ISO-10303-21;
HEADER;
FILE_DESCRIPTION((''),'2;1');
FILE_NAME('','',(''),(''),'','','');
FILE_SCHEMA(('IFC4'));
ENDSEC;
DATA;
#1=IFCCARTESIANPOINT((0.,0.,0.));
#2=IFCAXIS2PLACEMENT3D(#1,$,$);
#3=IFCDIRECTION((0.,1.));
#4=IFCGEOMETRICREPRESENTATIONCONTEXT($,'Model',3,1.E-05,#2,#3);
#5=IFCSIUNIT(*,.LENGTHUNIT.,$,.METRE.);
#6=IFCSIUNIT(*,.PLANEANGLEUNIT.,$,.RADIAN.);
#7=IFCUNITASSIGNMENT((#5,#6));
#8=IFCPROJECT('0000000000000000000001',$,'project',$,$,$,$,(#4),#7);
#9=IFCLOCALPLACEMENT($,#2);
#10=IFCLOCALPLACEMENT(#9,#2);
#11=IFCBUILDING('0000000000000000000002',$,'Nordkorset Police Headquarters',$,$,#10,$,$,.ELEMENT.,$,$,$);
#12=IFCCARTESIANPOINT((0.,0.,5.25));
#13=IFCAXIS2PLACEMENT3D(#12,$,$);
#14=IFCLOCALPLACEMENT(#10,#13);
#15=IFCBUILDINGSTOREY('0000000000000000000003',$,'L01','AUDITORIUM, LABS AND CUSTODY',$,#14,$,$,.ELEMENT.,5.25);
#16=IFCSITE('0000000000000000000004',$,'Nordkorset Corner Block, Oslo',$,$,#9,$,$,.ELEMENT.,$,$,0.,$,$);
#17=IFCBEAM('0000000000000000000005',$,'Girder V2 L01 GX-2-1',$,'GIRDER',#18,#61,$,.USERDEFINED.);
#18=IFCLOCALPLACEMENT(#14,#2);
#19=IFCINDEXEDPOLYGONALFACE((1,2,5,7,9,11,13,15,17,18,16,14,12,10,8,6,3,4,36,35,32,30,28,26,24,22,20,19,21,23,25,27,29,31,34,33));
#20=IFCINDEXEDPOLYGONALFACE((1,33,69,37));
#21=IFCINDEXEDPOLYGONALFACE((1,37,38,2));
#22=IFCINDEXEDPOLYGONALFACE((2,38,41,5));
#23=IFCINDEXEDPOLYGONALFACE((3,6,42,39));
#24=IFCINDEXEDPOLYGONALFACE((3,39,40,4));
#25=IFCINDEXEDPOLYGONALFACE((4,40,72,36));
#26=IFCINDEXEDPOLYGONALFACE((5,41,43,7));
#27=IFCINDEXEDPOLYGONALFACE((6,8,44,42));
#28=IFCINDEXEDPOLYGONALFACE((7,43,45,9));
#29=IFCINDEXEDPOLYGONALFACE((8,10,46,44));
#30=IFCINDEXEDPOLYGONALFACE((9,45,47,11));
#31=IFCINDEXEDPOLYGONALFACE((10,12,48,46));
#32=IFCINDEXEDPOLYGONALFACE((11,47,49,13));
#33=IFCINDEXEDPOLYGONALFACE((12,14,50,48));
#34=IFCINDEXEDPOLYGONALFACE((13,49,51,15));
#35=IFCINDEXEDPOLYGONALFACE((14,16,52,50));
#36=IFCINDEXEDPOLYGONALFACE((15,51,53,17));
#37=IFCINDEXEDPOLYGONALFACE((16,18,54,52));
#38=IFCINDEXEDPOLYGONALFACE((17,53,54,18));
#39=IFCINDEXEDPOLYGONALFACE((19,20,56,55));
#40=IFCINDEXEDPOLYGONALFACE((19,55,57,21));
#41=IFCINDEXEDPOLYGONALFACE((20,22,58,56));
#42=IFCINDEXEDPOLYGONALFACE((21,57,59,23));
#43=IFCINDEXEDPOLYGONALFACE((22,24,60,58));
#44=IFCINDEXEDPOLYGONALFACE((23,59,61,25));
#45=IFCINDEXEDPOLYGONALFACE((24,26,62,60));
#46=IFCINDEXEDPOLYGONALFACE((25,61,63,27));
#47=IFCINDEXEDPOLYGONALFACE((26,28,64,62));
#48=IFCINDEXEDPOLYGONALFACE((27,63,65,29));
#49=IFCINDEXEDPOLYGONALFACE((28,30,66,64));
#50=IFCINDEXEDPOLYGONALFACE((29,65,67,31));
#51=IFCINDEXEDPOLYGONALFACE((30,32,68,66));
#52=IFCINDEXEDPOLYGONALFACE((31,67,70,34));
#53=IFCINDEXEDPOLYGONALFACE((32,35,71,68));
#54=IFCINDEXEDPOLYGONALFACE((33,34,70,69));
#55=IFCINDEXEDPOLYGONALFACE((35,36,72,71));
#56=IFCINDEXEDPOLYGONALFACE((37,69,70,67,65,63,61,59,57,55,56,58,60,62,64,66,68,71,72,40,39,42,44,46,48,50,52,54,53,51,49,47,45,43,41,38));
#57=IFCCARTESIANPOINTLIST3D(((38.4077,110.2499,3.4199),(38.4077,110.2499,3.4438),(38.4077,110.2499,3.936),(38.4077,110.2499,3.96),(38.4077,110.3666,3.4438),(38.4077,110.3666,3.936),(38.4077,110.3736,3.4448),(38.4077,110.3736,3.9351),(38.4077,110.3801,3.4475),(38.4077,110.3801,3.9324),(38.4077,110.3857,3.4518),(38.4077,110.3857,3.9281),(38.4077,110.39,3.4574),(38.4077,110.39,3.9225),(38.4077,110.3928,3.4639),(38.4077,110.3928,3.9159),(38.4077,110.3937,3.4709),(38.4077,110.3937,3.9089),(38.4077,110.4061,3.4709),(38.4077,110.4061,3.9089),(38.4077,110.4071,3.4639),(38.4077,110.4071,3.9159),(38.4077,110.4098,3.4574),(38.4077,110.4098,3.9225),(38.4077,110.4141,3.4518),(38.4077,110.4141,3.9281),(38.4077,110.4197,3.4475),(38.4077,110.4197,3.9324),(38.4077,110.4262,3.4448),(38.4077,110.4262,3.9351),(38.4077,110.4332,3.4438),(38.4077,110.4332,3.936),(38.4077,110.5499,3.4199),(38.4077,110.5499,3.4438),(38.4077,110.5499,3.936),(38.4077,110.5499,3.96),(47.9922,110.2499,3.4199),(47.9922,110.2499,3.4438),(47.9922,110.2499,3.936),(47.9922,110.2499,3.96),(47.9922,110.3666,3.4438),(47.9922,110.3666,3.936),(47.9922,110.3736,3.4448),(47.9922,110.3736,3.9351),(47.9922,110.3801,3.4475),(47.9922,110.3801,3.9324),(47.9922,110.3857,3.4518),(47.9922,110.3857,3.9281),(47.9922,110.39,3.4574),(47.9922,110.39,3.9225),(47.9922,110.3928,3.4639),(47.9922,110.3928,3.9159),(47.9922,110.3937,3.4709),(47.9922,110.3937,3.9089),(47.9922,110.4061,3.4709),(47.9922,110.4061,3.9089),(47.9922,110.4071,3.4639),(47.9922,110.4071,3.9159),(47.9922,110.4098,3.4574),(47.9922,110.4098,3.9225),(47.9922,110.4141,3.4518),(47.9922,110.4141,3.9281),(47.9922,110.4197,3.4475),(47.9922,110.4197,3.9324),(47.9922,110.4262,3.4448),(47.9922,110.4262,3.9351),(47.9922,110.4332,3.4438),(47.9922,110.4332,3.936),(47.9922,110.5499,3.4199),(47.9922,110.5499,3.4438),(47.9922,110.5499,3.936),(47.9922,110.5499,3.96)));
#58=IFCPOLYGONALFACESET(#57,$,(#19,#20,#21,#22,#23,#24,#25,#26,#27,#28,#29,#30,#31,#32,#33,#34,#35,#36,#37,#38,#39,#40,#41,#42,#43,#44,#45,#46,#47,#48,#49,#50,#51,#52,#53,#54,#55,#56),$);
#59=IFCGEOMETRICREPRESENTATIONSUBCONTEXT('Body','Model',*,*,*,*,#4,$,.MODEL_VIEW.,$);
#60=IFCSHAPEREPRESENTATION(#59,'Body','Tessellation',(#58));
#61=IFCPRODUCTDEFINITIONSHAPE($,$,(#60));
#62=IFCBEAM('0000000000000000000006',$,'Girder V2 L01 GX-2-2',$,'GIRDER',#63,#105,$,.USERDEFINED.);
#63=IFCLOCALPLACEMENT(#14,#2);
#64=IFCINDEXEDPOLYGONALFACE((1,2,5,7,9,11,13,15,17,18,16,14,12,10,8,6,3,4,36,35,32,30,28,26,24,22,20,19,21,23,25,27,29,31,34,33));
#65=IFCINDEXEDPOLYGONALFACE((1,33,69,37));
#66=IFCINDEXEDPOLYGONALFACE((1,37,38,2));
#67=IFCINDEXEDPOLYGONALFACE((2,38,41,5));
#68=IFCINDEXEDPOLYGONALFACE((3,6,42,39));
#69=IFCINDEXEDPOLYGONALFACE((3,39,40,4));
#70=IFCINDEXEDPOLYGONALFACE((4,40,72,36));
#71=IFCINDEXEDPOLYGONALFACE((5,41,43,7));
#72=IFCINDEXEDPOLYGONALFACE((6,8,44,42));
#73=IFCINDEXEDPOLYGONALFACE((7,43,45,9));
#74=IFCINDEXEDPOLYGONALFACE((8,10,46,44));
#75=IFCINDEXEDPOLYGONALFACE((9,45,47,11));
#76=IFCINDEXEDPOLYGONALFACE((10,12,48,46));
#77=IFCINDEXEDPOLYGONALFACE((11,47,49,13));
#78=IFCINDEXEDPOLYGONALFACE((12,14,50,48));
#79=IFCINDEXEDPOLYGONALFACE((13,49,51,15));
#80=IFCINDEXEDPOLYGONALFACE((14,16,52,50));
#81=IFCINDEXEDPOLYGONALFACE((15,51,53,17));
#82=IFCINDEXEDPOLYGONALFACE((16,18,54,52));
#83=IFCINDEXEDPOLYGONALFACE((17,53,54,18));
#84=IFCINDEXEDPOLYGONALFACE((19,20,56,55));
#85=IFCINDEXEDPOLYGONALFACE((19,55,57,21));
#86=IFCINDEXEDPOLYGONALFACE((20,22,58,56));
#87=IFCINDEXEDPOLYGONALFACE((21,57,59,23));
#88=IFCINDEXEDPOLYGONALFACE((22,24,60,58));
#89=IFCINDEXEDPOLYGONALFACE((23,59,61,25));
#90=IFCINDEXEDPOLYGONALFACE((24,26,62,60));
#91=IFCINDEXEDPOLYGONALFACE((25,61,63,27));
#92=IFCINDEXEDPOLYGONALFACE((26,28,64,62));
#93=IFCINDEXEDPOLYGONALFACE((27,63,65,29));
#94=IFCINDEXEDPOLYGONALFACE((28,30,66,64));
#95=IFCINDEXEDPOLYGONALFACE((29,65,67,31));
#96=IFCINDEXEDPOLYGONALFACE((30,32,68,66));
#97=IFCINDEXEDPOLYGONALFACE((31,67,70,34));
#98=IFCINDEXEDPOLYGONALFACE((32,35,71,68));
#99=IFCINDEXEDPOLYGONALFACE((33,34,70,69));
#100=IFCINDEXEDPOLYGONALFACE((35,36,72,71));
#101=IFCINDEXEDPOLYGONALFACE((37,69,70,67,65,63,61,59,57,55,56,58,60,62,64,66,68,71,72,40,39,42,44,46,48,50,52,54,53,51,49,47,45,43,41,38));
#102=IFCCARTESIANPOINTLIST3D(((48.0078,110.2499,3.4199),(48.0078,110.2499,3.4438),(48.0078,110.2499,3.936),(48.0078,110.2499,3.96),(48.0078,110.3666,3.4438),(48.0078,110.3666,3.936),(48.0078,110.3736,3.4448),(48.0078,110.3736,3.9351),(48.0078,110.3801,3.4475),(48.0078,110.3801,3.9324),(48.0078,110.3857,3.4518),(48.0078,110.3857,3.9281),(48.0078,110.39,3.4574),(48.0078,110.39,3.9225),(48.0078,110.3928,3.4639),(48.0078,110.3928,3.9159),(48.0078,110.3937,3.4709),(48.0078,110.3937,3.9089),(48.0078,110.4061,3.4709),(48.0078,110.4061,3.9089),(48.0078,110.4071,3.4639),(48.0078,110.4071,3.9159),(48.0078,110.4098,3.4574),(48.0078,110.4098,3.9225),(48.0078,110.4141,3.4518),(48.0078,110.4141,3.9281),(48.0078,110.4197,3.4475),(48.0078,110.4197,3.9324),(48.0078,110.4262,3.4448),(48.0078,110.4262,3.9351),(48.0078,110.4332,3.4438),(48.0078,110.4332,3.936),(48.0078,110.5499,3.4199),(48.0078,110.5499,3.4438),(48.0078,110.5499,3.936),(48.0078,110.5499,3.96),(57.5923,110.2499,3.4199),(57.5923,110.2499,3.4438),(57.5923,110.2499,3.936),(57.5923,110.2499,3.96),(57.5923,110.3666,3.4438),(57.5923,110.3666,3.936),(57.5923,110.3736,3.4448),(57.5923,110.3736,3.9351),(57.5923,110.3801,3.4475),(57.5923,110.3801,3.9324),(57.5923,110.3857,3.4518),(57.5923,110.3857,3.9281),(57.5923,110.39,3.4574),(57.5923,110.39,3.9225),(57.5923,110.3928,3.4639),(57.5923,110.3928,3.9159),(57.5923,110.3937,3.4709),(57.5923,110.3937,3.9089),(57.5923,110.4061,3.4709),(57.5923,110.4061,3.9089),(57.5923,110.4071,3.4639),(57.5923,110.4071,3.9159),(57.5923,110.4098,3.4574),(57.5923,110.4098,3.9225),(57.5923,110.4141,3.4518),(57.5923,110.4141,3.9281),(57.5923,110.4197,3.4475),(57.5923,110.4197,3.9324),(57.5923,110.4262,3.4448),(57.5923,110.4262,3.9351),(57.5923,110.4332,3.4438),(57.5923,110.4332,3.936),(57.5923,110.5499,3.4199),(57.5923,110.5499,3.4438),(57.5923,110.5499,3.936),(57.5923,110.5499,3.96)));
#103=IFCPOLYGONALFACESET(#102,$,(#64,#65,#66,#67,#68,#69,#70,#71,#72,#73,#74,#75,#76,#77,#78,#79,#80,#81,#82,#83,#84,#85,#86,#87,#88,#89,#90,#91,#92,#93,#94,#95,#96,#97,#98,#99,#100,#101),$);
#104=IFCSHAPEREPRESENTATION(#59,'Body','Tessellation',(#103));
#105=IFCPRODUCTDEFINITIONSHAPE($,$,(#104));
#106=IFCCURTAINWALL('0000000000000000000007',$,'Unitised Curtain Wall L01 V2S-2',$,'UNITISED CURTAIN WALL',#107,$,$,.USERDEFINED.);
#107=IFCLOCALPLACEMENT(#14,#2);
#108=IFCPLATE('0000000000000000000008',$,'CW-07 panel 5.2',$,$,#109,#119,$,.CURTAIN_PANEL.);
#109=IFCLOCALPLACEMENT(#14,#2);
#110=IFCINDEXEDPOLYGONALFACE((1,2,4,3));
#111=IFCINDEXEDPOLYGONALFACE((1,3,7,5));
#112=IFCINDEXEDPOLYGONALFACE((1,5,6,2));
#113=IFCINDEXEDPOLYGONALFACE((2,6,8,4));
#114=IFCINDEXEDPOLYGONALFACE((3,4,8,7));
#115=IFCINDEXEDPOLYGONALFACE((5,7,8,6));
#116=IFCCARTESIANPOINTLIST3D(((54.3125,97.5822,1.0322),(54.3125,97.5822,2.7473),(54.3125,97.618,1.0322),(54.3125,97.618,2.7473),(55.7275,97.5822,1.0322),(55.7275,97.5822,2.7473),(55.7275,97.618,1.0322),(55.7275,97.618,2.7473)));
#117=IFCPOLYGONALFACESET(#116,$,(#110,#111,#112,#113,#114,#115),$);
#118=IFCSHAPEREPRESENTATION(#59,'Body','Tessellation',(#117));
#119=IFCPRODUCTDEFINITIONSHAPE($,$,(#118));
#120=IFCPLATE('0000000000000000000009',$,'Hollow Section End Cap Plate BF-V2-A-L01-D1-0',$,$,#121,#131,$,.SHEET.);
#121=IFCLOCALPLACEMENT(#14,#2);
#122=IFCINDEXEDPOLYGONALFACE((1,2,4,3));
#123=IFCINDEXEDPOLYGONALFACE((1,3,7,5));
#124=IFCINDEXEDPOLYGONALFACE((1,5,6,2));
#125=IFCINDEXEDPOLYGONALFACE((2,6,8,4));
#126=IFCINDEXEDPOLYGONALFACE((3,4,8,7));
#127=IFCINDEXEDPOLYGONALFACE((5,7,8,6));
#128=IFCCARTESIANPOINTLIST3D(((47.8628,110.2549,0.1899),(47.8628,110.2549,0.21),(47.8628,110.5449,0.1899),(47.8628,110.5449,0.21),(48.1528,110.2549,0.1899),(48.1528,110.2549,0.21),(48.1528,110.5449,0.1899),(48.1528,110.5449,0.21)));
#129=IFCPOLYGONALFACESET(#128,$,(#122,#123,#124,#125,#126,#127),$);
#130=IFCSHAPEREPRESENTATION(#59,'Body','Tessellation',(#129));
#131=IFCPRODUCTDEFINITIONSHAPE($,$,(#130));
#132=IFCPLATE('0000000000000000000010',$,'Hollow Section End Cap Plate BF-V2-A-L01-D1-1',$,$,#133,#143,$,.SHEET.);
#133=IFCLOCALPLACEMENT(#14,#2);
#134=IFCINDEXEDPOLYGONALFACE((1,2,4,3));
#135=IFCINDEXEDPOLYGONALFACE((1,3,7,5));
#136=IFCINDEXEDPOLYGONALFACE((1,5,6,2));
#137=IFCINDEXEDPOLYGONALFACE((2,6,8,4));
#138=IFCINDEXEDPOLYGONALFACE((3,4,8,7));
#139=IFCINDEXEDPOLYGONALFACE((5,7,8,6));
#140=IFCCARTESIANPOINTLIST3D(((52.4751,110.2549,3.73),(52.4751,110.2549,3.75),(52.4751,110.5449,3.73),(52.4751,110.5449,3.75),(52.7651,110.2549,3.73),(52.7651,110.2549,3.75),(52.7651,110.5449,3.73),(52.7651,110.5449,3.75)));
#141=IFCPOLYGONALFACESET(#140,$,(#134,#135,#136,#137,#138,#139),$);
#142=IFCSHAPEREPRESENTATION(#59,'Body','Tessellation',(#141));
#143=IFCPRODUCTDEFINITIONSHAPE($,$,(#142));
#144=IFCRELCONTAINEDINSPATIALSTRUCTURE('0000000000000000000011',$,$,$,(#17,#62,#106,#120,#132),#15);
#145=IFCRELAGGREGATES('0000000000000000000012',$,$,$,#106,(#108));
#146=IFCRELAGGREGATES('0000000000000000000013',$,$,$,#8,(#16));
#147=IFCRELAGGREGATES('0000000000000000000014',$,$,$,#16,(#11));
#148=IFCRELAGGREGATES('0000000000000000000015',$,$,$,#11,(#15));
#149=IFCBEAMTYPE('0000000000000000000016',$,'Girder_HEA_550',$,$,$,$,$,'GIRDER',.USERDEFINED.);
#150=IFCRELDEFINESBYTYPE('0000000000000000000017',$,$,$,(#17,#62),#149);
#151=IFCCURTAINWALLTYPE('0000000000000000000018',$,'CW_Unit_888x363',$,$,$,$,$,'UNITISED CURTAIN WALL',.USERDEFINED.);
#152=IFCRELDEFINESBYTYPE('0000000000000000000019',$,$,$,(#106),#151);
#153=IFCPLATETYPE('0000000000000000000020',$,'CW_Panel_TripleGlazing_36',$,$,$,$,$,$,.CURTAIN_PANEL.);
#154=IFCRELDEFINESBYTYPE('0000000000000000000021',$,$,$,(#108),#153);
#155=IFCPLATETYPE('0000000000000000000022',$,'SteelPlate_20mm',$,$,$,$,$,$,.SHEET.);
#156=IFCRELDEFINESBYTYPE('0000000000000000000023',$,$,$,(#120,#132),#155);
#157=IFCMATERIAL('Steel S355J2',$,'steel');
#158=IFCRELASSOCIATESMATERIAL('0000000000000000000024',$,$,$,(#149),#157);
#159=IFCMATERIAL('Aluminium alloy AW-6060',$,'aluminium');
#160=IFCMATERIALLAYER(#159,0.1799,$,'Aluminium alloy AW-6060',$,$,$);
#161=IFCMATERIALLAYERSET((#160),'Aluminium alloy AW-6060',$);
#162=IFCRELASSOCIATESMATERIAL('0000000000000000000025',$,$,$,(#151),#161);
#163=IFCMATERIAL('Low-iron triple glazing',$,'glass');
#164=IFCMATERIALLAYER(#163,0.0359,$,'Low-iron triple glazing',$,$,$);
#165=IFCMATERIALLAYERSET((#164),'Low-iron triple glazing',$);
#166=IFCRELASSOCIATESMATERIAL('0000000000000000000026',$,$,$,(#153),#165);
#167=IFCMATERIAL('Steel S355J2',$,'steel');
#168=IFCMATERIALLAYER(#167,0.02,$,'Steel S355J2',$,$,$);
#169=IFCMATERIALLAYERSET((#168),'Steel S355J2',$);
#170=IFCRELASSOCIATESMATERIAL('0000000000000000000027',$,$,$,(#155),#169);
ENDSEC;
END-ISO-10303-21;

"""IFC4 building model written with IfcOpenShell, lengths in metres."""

from ifc_helpers import new_model, si_unit, direction, frame, origin, origin_2d, place, context, subcontext, project, spatial, rectangle, i_section, extrude, material, layer, layer_set, material_profile, profile_set, type_object, element, aggregate, save


model = new_model("IFC4")

# Units and contexts
model_context = context("Model", 3, precision=1e-05, world=origin(), true_north=direction((0.0, 1.0)))
body_context = subcontext(model_context, "Body", "Model", "MODEL_VIEW")
ifc_project = project(units=[si_unit("LENGTHUNIT", "METRE"), si_unit("PLANEANGLEUNIT", "RADIAN")], contexts=[model_context])

# Site, building, storey
site_placement = place(None, origin())
site = spatial("IfcSite", under=ifc_project, at=site_placement, Name="Nordkorset Corner Block, Oslo", CompositionType="ELEMENT", RefElevation=0.0)
building_placement = place(site_placement, origin())
building = spatial("IfcBuilding", under=site, at=building_placement, Name="Nordkorset Police Headquarters", CompositionType="ELEMENT")
storey_placement = place(building_placement, frame((0.0, 0.0, 5.25)))
storey = spatial("IfcBuildingStorey", under=building, at=storey_placement, Name="L01", Description="AUDITORIUM, LABS AND CUSTODY", CompositionType="ELEMENT", Elevation=5.25)

# Beams
ifc_material_1 = material(Name="Steel S355J2", Category="steel")
ifc_material_profile_1 = material_profile(ifc_material_1, i_section(OverallWidth=0.3, OverallDepth=0.54, WebThickness=0.0125, FlangeThickness=0.0239, FilletRadius=0.0271, at=origin_2d()), Name="HEA 550")
ifc_profile_set_1 = profile_set([ifc_material_profile_1], Name="Steel S355J2")
beam_type_1 = type_object("IfcBeamType", Name="Girder_HEA_550", ElementType="GIRDER", PredefinedType="USERDEFINED", material=ifc_profile_set_1)
for number, where, z_axis, x_axis, name in (
    (1, (38.4077, 110.3999, 3.6899), (1.0, 0.0, 0.0), (0.0, 1.0, 0.0), "Girder V2 L01 GX-2-1"),
    (2, (48.0078, 110.3999, 3.6899), (1.0, 0.0, 0.0), (0.0, 1.0, 0.0), "Girder V2 L01 GX-2-2"),
):
    element("IfcBeam", number, at=place(storey_placement, frame(where, z_axis=z_axis, x_axis=x_axis)), inside=storey, type_object=beam_type_1, Name=name, ObjectType="GIRDER", PredefinedType="USERDEFINED", context=body_context, shape_type="SweptSolid", body=[
        extrude(i_section(OverallWidth=0.3, OverallDepth=0.54, WebThickness=0.0125, FlangeThickness=0.0239, FilletRadius=0.0271, at=origin_2d()), origin(), (0.0, 0.0, 1.0), 9.5845),
    ])

# Curtain wall, plate
ifc_material_2 = material(Name="Aluminium alloy AW-6060", Category="aluminium")
ifc_layer_1 = layer(ifc_material_2, 0.1799, Name="Aluminium alloy AW-6060")
ifc_layer_set_1 = layer_set([ifc_layer_1], Name="Aluminium alloy AW-6060")
curtain_wall_type = type_object("IfcCurtainWallType", Name="CW_Unit_888x363", ElementType="UNITISED CURTAIN WALL", PredefinedType="USERDEFINED", material=ifc_layer_set_1)
curtain_wall_placement = place(storey_placement, origin())
curtain_wall = element("IfcCurtainWall", 3, at=curtain_wall_placement, inside=storey, type_object=curtain_wall_type, Name="Unitised Curtain Wall L01 V2S-2", ObjectType="UNITISED CURTAIN WALL", PredefinedType="USERDEFINED")
ifc_material_3 = material(Name="Low-iron triple glazing", Category="glass")
ifc_layer_2 = layer(ifc_material_3, 0.0359, Name="Low-iron triple glazing")
ifc_layer_set_2 = layer_set([ifc_layer_2], Name="Low-iron triple glazing")
plate_type_1 = type_object("IfcPlateType", Name="CW_Panel_TripleGlazing_36", PredefinedType="CURTAIN_PANEL", material=ifc_layer_set_2)
plate_placement = place(storey_placement, frame((55.02, 97.6001, 1.0322), z_axis=(0.0, 0.0, 1.0), x_axis=(1.0, 0.0, 0.0)))
plate = element("IfcPlate", 4, at=plate_placement, type_object=plate_type_1, Name="CW-07 panel 5.2", PredefinedType="CURTAIN_PANEL", context=body_context, shape_type="SweptSolid", body=[
    extrude(rectangle(XDim=1.415, YDim=0.0359, at=origin_2d()), origin(), (0.0, 0.0, 1.0), 1.7151),
])
aggregate(curtain_wall, [plate])

# Plates
ifc_material_4 = material(Name="Steel S355J2", Category="steel")
ifc_layer_3 = layer(ifc_material_4, 0.02, Name="Steel S355J2")
ifc_layer_set_3 = layer_set([ifc_layer_3], Name="Steel S355J2")
plate_type_2 = type_object("IfcPlateType", Name="SteelPlate_20mm", PredefinedType="SHEET", material=ifc_layer_set_3)
for number, where, z_axis, x_axis, name in (
    (5, (48.0078, 110.3999, 0.1899), (0.0, 0.0, 1.0), (1.0, 0.0, 0.0), "Hollow Section End Cap Plate BF-V2-A-L01-D1-0"),
    (6, (52.6201, 110.3999, 3.73), (0.0, 0.0, 1.0), (1.0, 0.0, 0.0), "Hollow Section End Cap Plate BF-V2-A-L01-D1-1"),
):
    element("IfcPlate", number, at=place(storey_placement, frame(where, z_axis=z_axis, x_axis=x_axis)), inside=storey, type_object=plate_type_2, Name=name, PredefinedType="SHEET", context=body_context, shape_type="SweptSolid", body=[
        extrude(rectangle(XDim=0.29, YDim=0.29, at=origin_2d()), origin(), (0.0, 0.0, 1.0), 0.02),
    ])

save(model, "model.ifc")
